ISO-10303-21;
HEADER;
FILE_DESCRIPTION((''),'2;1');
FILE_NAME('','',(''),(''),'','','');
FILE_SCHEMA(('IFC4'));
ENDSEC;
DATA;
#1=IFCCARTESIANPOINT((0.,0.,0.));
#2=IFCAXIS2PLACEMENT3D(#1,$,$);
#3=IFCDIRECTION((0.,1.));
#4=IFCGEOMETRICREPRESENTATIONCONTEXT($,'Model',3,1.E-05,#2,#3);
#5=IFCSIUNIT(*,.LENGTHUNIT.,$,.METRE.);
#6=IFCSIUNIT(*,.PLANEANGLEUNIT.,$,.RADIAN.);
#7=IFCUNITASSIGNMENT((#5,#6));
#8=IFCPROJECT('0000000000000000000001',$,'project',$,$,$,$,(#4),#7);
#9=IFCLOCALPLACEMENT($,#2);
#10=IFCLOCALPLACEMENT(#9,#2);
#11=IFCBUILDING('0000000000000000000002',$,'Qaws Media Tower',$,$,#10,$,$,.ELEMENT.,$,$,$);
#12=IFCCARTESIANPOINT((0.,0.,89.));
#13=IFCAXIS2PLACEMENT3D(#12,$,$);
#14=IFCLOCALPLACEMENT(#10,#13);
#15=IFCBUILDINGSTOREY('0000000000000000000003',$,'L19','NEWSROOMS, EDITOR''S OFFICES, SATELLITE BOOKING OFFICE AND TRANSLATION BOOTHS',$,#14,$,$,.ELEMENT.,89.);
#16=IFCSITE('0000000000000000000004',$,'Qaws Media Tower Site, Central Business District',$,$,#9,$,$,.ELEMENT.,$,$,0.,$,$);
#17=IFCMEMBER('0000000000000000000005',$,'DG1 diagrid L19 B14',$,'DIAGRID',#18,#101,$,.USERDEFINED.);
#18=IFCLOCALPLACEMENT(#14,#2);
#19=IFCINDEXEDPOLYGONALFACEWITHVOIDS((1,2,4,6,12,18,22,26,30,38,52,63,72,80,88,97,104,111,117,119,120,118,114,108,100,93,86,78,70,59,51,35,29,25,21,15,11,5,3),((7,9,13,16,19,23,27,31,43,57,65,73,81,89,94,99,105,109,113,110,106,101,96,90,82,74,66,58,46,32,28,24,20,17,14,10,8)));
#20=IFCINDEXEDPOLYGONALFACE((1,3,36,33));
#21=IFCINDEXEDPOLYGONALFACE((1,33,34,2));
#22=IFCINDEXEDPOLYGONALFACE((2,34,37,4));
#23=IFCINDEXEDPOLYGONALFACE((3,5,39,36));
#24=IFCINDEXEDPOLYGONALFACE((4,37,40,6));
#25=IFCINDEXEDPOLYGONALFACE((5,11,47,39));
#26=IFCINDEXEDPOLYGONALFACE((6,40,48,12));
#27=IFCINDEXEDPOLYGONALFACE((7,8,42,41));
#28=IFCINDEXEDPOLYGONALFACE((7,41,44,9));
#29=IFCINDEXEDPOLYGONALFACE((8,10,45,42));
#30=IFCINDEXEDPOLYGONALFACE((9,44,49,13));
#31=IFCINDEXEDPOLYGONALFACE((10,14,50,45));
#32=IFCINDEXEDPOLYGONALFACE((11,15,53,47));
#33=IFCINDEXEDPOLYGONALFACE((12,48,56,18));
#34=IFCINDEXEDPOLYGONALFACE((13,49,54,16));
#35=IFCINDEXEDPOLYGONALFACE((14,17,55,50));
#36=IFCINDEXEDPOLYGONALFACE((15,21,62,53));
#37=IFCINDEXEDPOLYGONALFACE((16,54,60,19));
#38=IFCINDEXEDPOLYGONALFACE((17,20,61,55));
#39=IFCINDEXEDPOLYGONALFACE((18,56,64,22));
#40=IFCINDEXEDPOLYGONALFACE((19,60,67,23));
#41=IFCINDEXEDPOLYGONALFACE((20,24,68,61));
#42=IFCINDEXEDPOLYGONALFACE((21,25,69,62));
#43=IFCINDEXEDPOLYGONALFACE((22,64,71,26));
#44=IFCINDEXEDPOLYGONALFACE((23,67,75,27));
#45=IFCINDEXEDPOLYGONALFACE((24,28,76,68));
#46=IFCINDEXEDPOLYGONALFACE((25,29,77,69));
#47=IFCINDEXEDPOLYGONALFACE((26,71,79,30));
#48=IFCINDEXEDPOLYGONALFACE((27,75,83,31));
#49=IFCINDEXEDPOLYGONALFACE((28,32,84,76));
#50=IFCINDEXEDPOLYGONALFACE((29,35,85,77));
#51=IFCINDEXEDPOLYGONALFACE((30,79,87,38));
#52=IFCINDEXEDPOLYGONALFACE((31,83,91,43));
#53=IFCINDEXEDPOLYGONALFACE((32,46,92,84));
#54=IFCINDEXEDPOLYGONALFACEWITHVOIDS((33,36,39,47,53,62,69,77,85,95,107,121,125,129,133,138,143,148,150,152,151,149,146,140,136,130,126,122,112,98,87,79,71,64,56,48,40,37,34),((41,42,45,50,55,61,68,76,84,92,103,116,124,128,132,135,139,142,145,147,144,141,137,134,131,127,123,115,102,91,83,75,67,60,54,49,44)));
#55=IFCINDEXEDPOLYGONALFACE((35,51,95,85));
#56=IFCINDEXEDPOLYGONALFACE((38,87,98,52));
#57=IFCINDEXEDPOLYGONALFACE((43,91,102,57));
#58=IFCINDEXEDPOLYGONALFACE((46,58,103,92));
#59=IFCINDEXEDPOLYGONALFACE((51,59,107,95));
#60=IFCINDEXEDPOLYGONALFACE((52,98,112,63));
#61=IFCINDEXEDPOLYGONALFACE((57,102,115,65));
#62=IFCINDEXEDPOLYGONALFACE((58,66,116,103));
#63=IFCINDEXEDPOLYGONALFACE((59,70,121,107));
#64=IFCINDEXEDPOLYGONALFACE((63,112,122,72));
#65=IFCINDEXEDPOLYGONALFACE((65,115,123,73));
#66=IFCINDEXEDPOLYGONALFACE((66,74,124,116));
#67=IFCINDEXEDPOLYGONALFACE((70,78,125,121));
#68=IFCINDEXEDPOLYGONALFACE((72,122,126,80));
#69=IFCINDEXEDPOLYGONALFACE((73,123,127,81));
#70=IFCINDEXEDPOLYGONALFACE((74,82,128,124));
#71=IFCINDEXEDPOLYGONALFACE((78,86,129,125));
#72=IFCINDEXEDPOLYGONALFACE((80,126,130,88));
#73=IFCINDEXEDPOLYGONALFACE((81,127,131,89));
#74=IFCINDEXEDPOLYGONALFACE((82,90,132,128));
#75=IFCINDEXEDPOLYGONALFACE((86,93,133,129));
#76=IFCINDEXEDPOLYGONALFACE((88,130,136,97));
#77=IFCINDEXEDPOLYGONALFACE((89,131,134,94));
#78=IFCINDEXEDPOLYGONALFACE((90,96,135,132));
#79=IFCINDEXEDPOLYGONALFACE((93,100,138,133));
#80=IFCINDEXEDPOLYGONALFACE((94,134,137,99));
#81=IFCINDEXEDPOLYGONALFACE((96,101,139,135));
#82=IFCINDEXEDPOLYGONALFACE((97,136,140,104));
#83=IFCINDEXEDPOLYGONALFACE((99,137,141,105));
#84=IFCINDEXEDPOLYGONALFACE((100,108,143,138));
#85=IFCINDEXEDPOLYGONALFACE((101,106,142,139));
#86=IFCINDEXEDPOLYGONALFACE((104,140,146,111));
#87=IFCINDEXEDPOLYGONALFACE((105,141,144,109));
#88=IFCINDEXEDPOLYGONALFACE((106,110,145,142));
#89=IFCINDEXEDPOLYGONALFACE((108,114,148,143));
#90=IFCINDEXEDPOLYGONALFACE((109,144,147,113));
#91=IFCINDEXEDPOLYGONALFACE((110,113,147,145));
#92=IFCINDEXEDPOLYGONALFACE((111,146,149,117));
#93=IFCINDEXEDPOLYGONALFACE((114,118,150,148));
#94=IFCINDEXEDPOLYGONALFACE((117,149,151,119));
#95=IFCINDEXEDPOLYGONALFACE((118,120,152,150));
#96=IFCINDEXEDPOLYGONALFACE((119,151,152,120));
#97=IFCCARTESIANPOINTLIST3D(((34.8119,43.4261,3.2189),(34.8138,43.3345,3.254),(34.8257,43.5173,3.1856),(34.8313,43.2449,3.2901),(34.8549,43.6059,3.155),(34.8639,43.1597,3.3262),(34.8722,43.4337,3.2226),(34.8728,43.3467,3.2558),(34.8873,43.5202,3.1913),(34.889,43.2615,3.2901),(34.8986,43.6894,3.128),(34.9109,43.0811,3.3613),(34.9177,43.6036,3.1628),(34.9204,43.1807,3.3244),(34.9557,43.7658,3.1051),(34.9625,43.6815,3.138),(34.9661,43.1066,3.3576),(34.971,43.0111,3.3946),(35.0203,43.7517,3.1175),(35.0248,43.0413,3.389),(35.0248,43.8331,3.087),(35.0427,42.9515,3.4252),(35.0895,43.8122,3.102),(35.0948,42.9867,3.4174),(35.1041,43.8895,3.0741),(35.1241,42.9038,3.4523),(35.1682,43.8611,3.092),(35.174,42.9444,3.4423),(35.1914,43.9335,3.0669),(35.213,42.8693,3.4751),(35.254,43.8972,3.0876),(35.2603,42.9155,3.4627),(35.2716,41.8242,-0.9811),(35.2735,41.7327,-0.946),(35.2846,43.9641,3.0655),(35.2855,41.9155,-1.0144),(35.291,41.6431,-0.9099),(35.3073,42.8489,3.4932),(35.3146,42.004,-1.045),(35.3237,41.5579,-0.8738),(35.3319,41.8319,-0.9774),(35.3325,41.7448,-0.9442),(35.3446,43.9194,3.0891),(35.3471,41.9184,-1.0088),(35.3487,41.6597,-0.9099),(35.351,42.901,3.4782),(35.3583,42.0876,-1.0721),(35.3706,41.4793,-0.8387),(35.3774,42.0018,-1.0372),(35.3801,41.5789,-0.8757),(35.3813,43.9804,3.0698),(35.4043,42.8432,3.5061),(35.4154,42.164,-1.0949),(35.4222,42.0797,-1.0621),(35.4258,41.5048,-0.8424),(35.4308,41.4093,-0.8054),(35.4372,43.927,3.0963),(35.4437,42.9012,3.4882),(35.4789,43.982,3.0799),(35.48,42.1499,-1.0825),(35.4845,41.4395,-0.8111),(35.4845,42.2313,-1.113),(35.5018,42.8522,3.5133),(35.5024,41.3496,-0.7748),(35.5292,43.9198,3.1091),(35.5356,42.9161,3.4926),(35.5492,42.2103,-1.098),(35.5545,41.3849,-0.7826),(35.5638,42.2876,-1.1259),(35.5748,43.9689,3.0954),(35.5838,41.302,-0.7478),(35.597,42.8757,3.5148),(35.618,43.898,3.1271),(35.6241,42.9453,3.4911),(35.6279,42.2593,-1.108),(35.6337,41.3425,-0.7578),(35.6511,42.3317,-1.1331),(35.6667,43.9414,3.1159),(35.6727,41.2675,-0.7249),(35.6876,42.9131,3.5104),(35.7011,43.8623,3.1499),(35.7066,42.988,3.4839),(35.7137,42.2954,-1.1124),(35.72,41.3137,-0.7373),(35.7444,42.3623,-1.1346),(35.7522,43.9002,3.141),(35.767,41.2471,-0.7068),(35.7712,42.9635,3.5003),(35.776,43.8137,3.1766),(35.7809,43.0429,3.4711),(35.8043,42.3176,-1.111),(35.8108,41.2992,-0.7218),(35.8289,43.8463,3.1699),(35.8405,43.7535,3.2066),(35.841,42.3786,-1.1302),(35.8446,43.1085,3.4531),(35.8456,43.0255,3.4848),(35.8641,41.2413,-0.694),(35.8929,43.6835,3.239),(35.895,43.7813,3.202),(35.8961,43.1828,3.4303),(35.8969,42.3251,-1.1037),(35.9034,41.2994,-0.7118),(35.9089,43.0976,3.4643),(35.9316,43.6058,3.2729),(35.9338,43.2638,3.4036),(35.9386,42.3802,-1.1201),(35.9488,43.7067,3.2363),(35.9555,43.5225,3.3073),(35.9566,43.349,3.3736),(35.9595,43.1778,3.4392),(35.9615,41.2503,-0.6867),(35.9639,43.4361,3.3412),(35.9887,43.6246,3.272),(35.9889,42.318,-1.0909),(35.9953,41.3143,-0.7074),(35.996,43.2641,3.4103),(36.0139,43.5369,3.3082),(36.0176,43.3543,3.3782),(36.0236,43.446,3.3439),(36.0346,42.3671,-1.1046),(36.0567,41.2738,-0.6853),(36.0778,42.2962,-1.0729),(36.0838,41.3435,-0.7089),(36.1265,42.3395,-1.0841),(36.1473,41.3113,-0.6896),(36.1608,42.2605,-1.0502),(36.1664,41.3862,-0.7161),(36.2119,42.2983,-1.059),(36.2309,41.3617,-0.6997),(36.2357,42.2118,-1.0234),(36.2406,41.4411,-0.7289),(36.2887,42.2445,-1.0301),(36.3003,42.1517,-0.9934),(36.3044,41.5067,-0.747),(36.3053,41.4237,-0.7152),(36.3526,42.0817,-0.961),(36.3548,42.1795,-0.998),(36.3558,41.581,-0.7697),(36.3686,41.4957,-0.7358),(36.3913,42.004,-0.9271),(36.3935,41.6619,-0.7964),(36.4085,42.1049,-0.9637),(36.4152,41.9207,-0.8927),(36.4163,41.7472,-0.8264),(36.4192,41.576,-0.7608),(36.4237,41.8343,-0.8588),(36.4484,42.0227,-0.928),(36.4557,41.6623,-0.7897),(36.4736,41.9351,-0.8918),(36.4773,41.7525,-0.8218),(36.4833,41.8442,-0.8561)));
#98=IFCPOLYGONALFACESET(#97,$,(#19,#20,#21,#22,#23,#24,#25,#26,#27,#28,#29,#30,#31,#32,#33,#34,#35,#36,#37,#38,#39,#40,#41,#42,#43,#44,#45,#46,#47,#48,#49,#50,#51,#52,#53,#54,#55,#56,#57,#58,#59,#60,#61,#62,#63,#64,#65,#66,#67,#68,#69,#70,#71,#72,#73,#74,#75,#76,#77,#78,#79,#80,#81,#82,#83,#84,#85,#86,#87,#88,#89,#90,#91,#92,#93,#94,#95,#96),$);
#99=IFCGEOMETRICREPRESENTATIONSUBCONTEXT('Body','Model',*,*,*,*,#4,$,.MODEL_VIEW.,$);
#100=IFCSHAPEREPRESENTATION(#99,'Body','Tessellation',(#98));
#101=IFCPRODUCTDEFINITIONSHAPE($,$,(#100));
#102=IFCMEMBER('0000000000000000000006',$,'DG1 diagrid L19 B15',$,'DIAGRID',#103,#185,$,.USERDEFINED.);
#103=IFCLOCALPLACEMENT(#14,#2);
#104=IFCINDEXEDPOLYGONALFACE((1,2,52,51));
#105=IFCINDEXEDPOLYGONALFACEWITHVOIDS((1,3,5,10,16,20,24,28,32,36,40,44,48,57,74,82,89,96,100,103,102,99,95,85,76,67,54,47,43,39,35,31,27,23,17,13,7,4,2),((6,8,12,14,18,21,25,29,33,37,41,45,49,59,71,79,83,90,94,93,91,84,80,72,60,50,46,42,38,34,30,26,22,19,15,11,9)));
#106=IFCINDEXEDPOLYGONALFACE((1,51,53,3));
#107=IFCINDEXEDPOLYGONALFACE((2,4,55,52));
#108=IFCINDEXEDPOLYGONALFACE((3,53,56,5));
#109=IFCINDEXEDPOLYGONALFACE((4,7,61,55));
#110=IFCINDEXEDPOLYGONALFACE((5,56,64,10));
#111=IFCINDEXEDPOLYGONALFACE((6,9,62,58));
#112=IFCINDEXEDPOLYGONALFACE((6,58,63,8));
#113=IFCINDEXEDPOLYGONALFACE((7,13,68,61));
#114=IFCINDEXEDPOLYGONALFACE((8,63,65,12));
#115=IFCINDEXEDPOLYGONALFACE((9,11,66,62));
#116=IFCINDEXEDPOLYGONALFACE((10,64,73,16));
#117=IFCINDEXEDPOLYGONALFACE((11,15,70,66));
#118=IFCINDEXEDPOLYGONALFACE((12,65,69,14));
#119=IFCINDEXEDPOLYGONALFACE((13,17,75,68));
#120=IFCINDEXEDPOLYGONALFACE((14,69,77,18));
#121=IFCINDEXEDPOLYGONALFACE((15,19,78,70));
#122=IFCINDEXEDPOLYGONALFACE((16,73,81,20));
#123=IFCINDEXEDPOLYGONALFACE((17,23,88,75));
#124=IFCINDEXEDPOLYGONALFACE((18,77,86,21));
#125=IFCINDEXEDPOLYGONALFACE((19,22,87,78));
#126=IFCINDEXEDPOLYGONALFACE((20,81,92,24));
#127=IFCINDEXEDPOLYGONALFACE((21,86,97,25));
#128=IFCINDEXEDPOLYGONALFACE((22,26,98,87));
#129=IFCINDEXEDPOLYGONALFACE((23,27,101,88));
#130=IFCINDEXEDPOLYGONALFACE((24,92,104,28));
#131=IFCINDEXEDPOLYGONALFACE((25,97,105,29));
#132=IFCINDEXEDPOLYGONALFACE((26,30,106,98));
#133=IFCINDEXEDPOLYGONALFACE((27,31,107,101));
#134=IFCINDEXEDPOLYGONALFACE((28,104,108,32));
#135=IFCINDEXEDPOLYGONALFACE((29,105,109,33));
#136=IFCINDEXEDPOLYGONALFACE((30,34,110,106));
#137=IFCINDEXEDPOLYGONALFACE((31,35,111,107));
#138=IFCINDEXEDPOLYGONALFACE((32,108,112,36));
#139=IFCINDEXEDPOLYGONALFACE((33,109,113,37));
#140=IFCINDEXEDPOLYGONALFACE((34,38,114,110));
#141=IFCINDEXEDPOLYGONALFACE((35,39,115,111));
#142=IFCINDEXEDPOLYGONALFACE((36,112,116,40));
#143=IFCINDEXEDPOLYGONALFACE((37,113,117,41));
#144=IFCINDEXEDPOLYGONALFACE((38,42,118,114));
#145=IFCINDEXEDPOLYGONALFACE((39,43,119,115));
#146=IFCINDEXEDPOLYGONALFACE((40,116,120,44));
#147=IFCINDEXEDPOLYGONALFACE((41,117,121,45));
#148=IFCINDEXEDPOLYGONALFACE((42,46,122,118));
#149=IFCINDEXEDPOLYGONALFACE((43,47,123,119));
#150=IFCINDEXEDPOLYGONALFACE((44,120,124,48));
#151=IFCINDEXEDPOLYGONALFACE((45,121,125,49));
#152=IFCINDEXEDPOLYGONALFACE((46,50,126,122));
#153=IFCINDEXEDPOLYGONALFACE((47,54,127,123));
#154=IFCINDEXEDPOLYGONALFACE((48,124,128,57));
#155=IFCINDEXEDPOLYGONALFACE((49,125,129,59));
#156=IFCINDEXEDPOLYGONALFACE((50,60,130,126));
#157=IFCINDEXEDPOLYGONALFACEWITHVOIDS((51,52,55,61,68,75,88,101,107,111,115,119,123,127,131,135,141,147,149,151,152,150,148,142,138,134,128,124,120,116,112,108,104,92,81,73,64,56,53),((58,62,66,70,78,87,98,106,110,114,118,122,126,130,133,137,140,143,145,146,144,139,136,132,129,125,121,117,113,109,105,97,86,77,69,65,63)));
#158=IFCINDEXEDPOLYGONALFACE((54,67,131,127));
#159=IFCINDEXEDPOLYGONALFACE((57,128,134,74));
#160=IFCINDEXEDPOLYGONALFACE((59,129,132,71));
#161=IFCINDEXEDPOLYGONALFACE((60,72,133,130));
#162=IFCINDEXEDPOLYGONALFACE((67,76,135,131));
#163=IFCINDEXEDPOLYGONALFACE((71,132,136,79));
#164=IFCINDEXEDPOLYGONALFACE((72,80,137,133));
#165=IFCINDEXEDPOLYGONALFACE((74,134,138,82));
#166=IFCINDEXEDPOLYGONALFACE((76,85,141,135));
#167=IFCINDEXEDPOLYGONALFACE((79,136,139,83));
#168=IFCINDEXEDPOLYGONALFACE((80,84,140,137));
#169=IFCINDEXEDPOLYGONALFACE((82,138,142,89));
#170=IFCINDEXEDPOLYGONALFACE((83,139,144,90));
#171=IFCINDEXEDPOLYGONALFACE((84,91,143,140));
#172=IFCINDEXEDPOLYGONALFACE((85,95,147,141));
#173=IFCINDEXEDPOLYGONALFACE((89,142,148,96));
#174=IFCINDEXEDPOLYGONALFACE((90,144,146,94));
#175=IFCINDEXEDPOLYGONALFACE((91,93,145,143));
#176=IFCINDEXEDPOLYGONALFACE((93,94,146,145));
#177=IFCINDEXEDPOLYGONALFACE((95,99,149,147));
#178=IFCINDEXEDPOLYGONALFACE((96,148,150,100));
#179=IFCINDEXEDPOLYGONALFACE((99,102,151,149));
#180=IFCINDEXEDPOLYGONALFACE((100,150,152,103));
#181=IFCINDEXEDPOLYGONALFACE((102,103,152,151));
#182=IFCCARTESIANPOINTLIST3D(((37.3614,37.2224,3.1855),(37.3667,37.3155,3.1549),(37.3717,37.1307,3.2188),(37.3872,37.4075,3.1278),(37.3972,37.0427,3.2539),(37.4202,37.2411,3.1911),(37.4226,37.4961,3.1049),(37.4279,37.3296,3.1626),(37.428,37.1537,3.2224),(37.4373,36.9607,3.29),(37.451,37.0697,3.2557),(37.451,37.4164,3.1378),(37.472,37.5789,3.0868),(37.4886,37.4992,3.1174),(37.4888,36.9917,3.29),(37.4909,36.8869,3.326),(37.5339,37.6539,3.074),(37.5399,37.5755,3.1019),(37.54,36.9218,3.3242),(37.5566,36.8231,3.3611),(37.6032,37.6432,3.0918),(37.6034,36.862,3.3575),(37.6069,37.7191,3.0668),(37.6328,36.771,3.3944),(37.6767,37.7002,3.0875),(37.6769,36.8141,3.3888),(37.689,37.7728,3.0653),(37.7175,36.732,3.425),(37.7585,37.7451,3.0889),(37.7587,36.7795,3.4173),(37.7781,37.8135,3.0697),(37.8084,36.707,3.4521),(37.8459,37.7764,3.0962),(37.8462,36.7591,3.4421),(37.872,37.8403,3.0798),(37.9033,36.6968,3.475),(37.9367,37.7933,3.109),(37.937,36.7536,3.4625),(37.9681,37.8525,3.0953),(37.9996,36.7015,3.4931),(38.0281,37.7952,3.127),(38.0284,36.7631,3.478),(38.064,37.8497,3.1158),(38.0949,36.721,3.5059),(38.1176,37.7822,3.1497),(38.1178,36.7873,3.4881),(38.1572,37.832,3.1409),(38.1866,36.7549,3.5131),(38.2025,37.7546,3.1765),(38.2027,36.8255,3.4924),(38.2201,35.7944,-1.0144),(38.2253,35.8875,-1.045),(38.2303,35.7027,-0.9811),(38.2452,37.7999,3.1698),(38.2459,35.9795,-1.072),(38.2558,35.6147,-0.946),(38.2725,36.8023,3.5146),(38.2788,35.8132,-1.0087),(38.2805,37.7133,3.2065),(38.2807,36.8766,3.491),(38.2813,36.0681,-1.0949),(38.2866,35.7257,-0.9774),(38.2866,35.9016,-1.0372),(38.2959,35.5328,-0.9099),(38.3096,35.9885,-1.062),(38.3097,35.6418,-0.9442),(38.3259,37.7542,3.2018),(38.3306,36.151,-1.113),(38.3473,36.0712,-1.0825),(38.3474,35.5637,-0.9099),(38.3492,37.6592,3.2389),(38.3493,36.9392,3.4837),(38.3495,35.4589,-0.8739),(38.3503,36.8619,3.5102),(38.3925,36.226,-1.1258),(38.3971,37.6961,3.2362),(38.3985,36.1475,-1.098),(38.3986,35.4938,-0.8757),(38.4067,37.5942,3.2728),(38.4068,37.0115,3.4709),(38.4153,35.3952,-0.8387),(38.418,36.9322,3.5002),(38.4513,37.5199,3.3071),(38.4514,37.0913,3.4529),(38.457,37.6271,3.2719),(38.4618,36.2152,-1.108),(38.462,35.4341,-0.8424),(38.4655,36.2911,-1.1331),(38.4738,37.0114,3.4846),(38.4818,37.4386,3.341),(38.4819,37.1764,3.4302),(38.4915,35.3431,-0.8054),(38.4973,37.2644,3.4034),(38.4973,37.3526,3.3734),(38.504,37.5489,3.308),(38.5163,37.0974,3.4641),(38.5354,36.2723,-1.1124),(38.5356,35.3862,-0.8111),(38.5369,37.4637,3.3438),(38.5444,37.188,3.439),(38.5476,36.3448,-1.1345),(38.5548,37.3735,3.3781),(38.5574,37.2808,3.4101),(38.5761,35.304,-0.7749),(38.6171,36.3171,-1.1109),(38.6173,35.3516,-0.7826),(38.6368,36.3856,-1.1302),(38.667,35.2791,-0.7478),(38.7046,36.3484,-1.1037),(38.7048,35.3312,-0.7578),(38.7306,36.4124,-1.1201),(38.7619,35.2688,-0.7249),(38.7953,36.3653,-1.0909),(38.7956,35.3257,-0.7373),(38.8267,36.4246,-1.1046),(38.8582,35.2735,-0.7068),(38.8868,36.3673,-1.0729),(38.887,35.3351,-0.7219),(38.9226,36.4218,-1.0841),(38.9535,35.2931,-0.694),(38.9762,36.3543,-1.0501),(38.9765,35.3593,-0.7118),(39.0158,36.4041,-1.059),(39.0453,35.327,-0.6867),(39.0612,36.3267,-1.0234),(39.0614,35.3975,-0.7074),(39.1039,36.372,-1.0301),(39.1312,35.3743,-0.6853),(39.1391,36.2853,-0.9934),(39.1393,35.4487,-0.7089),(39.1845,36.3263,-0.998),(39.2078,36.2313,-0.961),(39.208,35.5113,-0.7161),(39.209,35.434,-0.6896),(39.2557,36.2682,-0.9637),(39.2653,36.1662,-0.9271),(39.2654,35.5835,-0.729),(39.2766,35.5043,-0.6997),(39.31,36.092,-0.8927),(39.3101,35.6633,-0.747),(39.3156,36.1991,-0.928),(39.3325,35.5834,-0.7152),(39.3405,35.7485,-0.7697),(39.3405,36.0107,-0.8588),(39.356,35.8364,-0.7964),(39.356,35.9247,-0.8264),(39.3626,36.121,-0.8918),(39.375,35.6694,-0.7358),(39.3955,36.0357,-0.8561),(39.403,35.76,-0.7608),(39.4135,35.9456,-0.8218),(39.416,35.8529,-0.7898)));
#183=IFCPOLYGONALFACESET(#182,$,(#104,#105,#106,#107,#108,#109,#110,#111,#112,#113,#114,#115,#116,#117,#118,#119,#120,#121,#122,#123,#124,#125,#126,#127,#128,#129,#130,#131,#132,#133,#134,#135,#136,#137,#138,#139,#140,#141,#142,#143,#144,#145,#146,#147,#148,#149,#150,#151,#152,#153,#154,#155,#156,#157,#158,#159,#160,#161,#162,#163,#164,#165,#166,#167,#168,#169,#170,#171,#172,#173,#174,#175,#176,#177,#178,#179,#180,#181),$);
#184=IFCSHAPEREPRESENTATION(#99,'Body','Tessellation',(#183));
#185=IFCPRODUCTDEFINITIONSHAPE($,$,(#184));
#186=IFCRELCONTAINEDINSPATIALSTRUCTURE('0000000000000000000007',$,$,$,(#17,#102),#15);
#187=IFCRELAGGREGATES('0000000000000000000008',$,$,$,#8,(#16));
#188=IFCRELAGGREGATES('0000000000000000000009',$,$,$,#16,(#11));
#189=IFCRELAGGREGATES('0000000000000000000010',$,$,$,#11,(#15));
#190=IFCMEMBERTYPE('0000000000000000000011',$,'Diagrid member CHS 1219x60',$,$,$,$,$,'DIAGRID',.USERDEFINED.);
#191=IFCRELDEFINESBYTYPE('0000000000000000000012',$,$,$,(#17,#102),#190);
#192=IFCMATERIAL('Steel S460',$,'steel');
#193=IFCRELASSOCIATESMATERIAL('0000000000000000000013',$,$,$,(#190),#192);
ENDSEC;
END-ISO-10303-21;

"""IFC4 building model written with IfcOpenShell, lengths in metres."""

from ifc_helpers import new_model, si_unit, direction, frame, origin, origin_2d, place, context, subcontext, project, spatial, hollow_circle, extrude, material, material_profile, profile_set, type_object, element, save


model = new_model("IFC4")

# Units and contexts
model_context = context("Model", 3, precision=1e-05, world=origin(), true_north=direction((0.0, 1.0)))
body_context = subcontext(model_context, "Body", "Model", "MODEL_VIEW")
ifc_project = project(units=[si_unit("LENGTHUNIT", "METRE"), si_unit("PLANEANGLEUNIT", "RADIAN")], contexts=[model_context])

# Site, building, storey
site_placement = place(None, origin())
site = spatial("IfcSite", under=ifc_project, at=site_placement, Name="Qaws Media Tower Site, Central Business District", CompositionType="ELEMENT", RefElevation=0.0)
building_placement = place(site_placement, origin())
building = spatial("IfcBuilding", under=site, at=building_placement, Name="Qaws Media Tower", CompositionType="ELEMENT")
storey_placement = place(building_placement, frame((0.0, 0.0, 89.0)))
storey = spatial("IfcBuildingStorey", under=building, at=storey_placement, Name="L19", Description="NEWSROOMS, EDITOR'S OFFICES, SATELLITE BOOKING OFFICE AND TRANSLATION BOOTHS", CompositionType="ELEMENT", Elevation=89.0)

# Members
ifc_material_1 = material(Name="Steel S460", Category="steel")
ifc_material_profile_1 = material_profile(ifc_material_1, hollow_circle(Radius=0.6096, WallThickness=0.0601, at=origin_2d()), Name="CHS 1219x60")
ifc_profile_set_1 = profile_set([ifc_material_profile_1], Name="Steel S460")
member_type_1 = type_object("IfcMemberType", Name="Diagrid member CHS 1219x60", ElementType="DIAGRID", PredefinedType="USERDEFINED", material=ifc_profile_set_1)
for number, where, z_axis, x_axis, name in (
    (1, (35.877, 41.8113, -0.9099), (-0.101741, 0.354501, 0.929504), (-0.961197, -0.275863, 0.0), "DG1 diagrid L19 B14"),
):
    element("IfcMember", number, at=place(storey_placement, frame(where, z_axis=z_axis, x_axis=x_axis)), inside=storey, type_object=member_type_1, Name=name, ObjectType="DIAGRID", PredefinedType="USERDEFINED", context=body_context, shape_type="SweptSolid", body=[
        extrude(hollow_circle(Radius=0.6096, WallThickness=0.0601, at=origin_2d()), origin(), (0.0, 0.0, 1.0), 4.5186),
    ])
member_1_placement = place(storey_placement, frame((38.8184, 35.8469, -0.9099), z_axis=(-0.190032, 0.316036, 0.929521), x_axis=(-0.857001, -0.515314, 0.0)))
element("IfcMember", 2, at=member_1_placement, inside=storey, type_object=member_type_1, Name="DG1 diagrid L19 B15", ObjectType="DIAGRID", PredefinedType="USERDEFINED", context=body_context, shape_type="SweptSolid", body=[
    extrude(hollow_circle(Radius=0.6096, WallThickness=0.0601, at=origin_2d()), origin(), (0.0, 0.0, 1.0), 4.5183),
])

save(model, "model.ifc")
